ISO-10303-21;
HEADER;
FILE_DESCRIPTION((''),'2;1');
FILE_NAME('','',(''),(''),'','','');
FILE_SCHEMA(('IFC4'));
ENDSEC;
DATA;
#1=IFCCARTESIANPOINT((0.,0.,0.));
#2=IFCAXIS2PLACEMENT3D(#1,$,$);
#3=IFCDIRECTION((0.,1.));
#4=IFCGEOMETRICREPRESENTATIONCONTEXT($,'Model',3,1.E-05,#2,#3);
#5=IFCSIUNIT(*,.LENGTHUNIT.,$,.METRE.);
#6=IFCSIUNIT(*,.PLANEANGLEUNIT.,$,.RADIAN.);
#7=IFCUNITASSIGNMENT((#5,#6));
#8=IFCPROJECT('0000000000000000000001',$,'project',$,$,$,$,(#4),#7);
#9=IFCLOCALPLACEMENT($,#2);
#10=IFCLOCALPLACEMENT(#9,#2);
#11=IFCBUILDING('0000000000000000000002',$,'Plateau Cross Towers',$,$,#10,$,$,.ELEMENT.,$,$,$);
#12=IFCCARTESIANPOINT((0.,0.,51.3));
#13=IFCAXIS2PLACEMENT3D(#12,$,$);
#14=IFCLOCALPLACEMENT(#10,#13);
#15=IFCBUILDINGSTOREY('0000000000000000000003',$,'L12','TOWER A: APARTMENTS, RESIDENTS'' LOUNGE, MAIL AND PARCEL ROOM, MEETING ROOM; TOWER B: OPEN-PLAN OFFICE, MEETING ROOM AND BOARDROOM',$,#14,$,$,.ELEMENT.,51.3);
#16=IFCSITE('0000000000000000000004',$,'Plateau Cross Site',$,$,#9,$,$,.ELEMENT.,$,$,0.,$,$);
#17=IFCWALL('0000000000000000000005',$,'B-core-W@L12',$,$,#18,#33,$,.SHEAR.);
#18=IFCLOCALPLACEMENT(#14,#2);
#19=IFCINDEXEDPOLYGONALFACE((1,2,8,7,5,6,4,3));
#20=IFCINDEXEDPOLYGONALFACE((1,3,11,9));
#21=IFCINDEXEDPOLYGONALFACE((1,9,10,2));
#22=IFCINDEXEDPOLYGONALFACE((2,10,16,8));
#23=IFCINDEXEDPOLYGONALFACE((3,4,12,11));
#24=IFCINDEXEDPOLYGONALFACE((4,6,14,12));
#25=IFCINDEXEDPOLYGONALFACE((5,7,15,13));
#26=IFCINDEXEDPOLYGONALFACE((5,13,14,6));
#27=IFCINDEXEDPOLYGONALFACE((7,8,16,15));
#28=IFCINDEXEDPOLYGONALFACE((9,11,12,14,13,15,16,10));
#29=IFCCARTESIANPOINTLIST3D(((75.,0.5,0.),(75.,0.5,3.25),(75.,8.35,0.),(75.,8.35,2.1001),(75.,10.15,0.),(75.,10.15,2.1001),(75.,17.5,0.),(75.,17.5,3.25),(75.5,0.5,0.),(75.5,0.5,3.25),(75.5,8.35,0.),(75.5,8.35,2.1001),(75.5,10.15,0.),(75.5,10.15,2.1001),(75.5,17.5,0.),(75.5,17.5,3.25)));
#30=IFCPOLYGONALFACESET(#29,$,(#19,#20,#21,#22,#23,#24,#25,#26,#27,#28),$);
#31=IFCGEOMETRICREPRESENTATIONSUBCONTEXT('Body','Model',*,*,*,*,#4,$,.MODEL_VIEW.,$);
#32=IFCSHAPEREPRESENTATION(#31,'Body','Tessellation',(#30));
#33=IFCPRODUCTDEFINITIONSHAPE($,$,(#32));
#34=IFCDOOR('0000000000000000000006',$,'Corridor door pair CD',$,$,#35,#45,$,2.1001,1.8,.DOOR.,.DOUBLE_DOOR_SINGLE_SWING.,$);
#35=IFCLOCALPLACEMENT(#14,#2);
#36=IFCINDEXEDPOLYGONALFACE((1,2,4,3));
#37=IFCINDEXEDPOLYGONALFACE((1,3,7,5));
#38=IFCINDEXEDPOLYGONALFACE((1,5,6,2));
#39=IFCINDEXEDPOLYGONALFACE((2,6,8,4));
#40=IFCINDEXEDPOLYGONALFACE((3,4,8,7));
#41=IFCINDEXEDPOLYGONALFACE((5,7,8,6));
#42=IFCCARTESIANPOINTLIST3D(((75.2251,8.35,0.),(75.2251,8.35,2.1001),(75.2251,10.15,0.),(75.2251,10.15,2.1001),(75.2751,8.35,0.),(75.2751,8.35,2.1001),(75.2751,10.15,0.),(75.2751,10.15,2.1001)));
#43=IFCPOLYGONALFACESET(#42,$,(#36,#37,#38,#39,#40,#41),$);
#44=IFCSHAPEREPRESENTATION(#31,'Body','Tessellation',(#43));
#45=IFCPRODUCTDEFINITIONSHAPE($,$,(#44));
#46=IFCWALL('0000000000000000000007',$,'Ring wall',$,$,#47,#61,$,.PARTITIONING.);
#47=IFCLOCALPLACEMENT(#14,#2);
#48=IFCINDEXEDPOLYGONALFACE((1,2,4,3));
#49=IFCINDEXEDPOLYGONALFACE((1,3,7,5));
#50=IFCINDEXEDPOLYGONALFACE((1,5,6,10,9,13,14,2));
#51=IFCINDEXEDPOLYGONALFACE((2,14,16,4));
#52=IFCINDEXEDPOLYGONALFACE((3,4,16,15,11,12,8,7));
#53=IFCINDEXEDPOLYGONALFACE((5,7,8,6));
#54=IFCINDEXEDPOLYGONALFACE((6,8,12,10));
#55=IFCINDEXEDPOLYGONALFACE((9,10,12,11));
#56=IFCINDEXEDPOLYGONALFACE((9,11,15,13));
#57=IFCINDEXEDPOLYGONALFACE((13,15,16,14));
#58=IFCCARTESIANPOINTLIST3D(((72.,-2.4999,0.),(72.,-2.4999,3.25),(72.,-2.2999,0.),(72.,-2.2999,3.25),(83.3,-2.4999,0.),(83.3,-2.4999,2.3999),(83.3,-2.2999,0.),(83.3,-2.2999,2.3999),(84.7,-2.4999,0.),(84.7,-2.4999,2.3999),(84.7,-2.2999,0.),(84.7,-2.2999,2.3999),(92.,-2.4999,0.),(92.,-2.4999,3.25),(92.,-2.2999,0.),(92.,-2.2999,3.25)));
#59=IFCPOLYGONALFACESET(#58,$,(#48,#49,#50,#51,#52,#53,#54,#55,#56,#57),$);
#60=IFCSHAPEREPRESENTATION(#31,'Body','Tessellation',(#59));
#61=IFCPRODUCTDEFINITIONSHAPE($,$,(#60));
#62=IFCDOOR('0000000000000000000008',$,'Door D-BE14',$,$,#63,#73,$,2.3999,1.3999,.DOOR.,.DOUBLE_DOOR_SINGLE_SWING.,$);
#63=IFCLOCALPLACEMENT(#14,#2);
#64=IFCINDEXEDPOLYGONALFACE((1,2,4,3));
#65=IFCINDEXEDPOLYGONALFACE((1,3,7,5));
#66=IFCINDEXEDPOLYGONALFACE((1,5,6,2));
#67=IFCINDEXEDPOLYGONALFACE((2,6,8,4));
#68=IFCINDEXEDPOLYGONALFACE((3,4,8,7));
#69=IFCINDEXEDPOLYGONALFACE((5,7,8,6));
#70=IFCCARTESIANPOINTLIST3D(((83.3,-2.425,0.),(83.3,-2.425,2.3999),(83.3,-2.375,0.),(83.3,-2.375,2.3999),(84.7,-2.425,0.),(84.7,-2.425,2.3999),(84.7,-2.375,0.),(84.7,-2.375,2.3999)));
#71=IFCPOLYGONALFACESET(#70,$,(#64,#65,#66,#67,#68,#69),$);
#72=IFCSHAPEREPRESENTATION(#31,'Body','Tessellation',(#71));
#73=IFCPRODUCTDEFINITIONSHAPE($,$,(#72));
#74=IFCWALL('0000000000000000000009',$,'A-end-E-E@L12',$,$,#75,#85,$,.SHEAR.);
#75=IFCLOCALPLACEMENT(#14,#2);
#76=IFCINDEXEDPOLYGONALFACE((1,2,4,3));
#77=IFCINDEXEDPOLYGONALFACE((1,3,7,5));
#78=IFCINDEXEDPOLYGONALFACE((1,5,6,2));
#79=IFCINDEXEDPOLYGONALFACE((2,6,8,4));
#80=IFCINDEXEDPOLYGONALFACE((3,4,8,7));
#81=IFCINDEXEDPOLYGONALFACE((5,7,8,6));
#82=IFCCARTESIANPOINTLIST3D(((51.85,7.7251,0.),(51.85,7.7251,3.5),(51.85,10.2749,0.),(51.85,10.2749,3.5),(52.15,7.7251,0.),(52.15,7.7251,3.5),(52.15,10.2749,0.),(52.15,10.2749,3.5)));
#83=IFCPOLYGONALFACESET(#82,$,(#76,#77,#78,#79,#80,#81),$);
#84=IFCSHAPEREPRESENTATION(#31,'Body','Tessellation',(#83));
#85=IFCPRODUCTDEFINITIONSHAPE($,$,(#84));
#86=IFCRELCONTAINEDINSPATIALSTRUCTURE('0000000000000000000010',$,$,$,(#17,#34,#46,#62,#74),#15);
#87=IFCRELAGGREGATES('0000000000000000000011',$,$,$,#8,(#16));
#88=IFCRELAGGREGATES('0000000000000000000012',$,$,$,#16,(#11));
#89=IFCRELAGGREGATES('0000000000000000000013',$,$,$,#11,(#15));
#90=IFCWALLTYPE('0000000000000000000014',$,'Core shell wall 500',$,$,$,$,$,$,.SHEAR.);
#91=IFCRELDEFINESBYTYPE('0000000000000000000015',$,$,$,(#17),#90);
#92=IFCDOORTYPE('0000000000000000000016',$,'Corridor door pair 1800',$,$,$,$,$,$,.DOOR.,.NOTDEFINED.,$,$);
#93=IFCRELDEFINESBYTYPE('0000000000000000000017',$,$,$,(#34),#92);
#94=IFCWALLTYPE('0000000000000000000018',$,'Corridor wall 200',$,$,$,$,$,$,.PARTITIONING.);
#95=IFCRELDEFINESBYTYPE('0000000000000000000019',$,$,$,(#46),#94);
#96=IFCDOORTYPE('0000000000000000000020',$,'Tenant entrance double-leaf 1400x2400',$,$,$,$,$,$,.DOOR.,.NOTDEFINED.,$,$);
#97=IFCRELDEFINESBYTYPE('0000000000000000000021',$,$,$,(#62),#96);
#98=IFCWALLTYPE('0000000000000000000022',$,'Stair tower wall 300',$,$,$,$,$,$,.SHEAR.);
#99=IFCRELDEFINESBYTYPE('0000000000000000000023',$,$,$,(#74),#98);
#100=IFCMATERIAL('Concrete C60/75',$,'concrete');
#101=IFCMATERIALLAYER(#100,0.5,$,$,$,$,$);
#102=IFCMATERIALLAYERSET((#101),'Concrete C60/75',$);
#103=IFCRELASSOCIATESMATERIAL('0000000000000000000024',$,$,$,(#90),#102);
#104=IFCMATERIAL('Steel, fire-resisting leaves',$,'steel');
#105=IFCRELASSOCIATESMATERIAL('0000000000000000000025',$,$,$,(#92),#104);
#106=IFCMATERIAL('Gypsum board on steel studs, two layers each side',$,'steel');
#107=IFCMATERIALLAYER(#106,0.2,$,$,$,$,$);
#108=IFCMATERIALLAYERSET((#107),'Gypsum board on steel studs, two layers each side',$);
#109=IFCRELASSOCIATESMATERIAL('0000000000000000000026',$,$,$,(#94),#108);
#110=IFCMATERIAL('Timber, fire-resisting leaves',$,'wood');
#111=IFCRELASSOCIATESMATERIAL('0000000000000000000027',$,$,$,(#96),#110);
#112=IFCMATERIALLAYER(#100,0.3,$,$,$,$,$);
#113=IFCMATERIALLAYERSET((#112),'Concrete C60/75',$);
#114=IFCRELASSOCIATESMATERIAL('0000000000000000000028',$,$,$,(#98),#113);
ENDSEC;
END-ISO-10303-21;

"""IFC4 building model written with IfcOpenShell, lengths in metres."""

from ifc_helpers import new_model, si_unit, direction, frame, frame_2d, origin, place, context, subcontext, project, spatial, rectangle, extrude, material, layer, layer_set, type_object, element, fill, save


model = new_model("IFC4")

# Units and contexts
model_context = context("Model", 3, precision=1e-05, world=origin(), true_north=direction((0.0, 1.0)))
body_context = subcontext(model_context, "Body", "Model", "MODEL_VIEW")
ifc_project = project(units=[si_unit("LENGTHUNIT", "METRE"), si_unit("PLANEANGLEUNIT", "RADIAN")], contexts=[model_context])

# Site, building, storey
site_placement = place(None, origin())
site = spatial("IfcSite", under=ifc_project, at=site_placement, Name="Plateau Cross Site", CompositionType="ELEMENT", RefElevation=0.0)
building_placement = place(site_placement, origin())
building = spatial("IfcBuilding", under=site, at=building_placement, Name="Plateau Cross Towers", CompositionType="ELEMENT")
storey_placement = place(building_placement, frame((0.0, 0.0, 51.3)))
storey = spatial("IfcBuildingStorey", under=building, at=storey_placement, Name="L12", Description="TOWER A: APARTMENTS, RESIDENTS' LOUNGE, MAIL AND PARCEL ROOM, MEETING ROOM; TOWER B: OPEN-PLAN OFFICE, MEETING ROOM AND BOARDROOM", CompositionType="ELEMENT", Elevation=51.3)

# Shared definitions
ifc_material_1 = material(Name="Concrete C60/75", Category="concrete")

# Shared definitions
ifc_layer_1 = layer(ifc_material_1, 0.5)
ifc_layer_set_1 = layer_set([ifc_layer_1], Name="Concrete C60/75")
wall_type_1 = type_object("IfcWallType", Name="Core shell wall 500", PredefinedType="SHEAR", material=ifc_layer_set_1)

# Walls, openings, doors
wall_1_placement = place(storey_placement, frame((75.25, 0.5, 0.0), z_axis=(0.0, 0.0, 1.0), x_axis=(0.0, 1.0, 0.0)))
wall_1 = element("IfcWall", 1, at=wall_1_placement, inside=storey, type_object=wall_type_1, Name="B-core-W@L12", PredefinedType="SHEAR", context=body_context, shape_type="SweptSolid", body=[
    extrude(rectangle(XDim=17.0, YDim=0.5, at=frame_2d((8.5, 0.0))), origin(), (0.0, 0.0, 1.0), 3.25),
])
opening_1_placement = place(wall_1_placement, frame((7.8501, 0.0, 0.0)))
opening_1 = element("IfcOpeningElement", 2, at=opening_1_placement, cuts=wall_1, PredefinedType="OPENING", context=body_context, shape_type="SweptSolid", body=[
    extrude(rectangle(XDim=1.8, YDim=2.1001, at=frame_2d((0.8999, 1.05))), frame((0.0, 0.26, 0.0), z_axis=(0.0, -1.0, 0.0), x_axis=(1.0, 0.0, 0.0)), (0.0, 0.0, 1.0), 0.52),
])
ifc_material_2 = material(Name="Steel, fire-resisting leaves", Category="steel")
door_type_1 = type_object("IfcDoorType", Name="Corridor door pair 1800", OperationType="NOTDEFINED", PredefinedType="DOOR", material=ifc_material_2)
door_1_placement = place(opening_1_placement, origin())
door_1 = element("IfcDoor", 3, at=door_1_placement, inside=storey, type_object=door_type_1, Name="Corridor door pair CD", OperationType="DOUBLE_DOOR_SINGLE_SWING", OverallHeight=2.1001, OverallWidth=1.8, PredefinedType="DOOR", context=body_context, shape_type="SweptSolid", body=[
    extrude(rectangle(XDim=1.8, YDim=2.1001, at=frame_2d((0.8999, 1.05))), frame((0.0, 0.0249, 0.0), z_axis=(0.0, -1.0, 0.0), x_axis=(1.0, 0.0, 0.0)), (0.0, 0.0, 1.0), 0.05),
])
fill(opening_1, door_1)
ifc_material_3 = material(Name="Gypsum board on steel studs, two layers each side", Category="steel")
ifc_layer_2 = layer(ifc_material_3, 0.2)
ifc_layer_set_2 = layer_set([ifc_layer_2], Name="Gypsum board on steel studs, two layers each side")
wall_type_2 = type_object("IfcWallType", Name="Corridor wall 200", PredefinedType="PARTITIONING", material=ifc_layer_set_2)
wall_2_placement = place(storey_placement, frame((72.0, -2.3999, 0.0), z_axis=(0.0, 0.0, 1.0), x_axis=(1.0, 0.0, 0.0)))
wall_2 = element("IfcWall", 4, at=wall_2_placement, inside=storey, type_object=wall_type_2, Name="Ring wall", PredefinedType="PARTITIONING", context=body_context, shape_type="SweptSolid", body=[
    extrude(rectangle(XDim=20.0, YDim=0.2, at=frame_2d((10.0, 0.0))), origin(), (0.0, 0.0, 1.0), 3.25),
])
opening_2_placement = place(wall_2_placement, frame((11.3, 0.0, 0.0)))
opening_2 = element("IfcOpeningElement", 5, at=opening_2_placement, cuts=wall_2, PredefinedType="OPENING", context=body_context, shape_type="SweptSolid", body=[
    extrude(rectangle(XDim=1.3999, YDim=2.3999, at=frame_2d((0.7, 1.2))), frame((0.0, 0.1099, 0.0), z_axis=(0.0, -1.0, 0.0), x_axis=(1.0, 0.0, 0.0)), (0.0, 0.0, 1.0), 0.22),
])
ifc_material_4 = material(Name="Timber, fire-resisting leaves", Category="wood")
door_type_2 = type_object("IfcDoorType", Name="Tenant entrance double-leaf 1400x2400", OperationType="NOTDEFINED", PredefinedType="DOOR", material=ifc_material_4)
door_2_placement = place(opening_2_placement, origin())
door_2 = element("IfcDoor", 6, at=door_2_placement, inside=storey, type_object=door_type_2, Name="Door D-BE14", OperationType="DOUBLE_DOOR_SINGLE_SWING", OverallHeight=2.3999, OverallWidth=1.3999, PredefinedType="DOOR", context=body_context, shape_type="SweptSolid", body=[
    extrude(rectangle(XDim=1.3999, YDim=2.3999, at=frame_2d((0.7, 1.2))), frame((0.0, 0.0249, 0.0), z_axis=(0.0, -1.0, 0.0), x_axis=(1.0, 0.0, 0.0)), (0.0, 0.0, 1.0), 0.05),
])
fill(opening_2, door_2)

# Wall
ifc_layer_3 = layer(ifc_material_1, 0.3)
ifc_layer_set_3 = layer_set([ifc_layer_3], Name="Concrete C60/75")
wall_type_3 = type_object("IfcWallType", Name="Stair tower wall 300", PredefinedType="SHEAR", material=ifc_layer_set_3)
wall_3_placement = place(storey_placement, frame((52.0, 7.7251, 0.0), z_axis=(0.0, 0.0, 1.0), x_axis=(0.0, 1.0, 0.0)))
element("IfcWall", 7, at=wall_3_placement, inside=storey, type_object=wall_type_3, Name="A-end-E-E@L12", PredefinedType="SHEAR", context=body_context, shape_type="SweptSolid", body=[
    extrude(rectangle(XDim=2.5498, YDim=0.3, at=frame_2d((1.2749, 0.0))), origin(), (0.0, 0.0, 1.0), 3.5),
])

save(model, "model.ifc")
